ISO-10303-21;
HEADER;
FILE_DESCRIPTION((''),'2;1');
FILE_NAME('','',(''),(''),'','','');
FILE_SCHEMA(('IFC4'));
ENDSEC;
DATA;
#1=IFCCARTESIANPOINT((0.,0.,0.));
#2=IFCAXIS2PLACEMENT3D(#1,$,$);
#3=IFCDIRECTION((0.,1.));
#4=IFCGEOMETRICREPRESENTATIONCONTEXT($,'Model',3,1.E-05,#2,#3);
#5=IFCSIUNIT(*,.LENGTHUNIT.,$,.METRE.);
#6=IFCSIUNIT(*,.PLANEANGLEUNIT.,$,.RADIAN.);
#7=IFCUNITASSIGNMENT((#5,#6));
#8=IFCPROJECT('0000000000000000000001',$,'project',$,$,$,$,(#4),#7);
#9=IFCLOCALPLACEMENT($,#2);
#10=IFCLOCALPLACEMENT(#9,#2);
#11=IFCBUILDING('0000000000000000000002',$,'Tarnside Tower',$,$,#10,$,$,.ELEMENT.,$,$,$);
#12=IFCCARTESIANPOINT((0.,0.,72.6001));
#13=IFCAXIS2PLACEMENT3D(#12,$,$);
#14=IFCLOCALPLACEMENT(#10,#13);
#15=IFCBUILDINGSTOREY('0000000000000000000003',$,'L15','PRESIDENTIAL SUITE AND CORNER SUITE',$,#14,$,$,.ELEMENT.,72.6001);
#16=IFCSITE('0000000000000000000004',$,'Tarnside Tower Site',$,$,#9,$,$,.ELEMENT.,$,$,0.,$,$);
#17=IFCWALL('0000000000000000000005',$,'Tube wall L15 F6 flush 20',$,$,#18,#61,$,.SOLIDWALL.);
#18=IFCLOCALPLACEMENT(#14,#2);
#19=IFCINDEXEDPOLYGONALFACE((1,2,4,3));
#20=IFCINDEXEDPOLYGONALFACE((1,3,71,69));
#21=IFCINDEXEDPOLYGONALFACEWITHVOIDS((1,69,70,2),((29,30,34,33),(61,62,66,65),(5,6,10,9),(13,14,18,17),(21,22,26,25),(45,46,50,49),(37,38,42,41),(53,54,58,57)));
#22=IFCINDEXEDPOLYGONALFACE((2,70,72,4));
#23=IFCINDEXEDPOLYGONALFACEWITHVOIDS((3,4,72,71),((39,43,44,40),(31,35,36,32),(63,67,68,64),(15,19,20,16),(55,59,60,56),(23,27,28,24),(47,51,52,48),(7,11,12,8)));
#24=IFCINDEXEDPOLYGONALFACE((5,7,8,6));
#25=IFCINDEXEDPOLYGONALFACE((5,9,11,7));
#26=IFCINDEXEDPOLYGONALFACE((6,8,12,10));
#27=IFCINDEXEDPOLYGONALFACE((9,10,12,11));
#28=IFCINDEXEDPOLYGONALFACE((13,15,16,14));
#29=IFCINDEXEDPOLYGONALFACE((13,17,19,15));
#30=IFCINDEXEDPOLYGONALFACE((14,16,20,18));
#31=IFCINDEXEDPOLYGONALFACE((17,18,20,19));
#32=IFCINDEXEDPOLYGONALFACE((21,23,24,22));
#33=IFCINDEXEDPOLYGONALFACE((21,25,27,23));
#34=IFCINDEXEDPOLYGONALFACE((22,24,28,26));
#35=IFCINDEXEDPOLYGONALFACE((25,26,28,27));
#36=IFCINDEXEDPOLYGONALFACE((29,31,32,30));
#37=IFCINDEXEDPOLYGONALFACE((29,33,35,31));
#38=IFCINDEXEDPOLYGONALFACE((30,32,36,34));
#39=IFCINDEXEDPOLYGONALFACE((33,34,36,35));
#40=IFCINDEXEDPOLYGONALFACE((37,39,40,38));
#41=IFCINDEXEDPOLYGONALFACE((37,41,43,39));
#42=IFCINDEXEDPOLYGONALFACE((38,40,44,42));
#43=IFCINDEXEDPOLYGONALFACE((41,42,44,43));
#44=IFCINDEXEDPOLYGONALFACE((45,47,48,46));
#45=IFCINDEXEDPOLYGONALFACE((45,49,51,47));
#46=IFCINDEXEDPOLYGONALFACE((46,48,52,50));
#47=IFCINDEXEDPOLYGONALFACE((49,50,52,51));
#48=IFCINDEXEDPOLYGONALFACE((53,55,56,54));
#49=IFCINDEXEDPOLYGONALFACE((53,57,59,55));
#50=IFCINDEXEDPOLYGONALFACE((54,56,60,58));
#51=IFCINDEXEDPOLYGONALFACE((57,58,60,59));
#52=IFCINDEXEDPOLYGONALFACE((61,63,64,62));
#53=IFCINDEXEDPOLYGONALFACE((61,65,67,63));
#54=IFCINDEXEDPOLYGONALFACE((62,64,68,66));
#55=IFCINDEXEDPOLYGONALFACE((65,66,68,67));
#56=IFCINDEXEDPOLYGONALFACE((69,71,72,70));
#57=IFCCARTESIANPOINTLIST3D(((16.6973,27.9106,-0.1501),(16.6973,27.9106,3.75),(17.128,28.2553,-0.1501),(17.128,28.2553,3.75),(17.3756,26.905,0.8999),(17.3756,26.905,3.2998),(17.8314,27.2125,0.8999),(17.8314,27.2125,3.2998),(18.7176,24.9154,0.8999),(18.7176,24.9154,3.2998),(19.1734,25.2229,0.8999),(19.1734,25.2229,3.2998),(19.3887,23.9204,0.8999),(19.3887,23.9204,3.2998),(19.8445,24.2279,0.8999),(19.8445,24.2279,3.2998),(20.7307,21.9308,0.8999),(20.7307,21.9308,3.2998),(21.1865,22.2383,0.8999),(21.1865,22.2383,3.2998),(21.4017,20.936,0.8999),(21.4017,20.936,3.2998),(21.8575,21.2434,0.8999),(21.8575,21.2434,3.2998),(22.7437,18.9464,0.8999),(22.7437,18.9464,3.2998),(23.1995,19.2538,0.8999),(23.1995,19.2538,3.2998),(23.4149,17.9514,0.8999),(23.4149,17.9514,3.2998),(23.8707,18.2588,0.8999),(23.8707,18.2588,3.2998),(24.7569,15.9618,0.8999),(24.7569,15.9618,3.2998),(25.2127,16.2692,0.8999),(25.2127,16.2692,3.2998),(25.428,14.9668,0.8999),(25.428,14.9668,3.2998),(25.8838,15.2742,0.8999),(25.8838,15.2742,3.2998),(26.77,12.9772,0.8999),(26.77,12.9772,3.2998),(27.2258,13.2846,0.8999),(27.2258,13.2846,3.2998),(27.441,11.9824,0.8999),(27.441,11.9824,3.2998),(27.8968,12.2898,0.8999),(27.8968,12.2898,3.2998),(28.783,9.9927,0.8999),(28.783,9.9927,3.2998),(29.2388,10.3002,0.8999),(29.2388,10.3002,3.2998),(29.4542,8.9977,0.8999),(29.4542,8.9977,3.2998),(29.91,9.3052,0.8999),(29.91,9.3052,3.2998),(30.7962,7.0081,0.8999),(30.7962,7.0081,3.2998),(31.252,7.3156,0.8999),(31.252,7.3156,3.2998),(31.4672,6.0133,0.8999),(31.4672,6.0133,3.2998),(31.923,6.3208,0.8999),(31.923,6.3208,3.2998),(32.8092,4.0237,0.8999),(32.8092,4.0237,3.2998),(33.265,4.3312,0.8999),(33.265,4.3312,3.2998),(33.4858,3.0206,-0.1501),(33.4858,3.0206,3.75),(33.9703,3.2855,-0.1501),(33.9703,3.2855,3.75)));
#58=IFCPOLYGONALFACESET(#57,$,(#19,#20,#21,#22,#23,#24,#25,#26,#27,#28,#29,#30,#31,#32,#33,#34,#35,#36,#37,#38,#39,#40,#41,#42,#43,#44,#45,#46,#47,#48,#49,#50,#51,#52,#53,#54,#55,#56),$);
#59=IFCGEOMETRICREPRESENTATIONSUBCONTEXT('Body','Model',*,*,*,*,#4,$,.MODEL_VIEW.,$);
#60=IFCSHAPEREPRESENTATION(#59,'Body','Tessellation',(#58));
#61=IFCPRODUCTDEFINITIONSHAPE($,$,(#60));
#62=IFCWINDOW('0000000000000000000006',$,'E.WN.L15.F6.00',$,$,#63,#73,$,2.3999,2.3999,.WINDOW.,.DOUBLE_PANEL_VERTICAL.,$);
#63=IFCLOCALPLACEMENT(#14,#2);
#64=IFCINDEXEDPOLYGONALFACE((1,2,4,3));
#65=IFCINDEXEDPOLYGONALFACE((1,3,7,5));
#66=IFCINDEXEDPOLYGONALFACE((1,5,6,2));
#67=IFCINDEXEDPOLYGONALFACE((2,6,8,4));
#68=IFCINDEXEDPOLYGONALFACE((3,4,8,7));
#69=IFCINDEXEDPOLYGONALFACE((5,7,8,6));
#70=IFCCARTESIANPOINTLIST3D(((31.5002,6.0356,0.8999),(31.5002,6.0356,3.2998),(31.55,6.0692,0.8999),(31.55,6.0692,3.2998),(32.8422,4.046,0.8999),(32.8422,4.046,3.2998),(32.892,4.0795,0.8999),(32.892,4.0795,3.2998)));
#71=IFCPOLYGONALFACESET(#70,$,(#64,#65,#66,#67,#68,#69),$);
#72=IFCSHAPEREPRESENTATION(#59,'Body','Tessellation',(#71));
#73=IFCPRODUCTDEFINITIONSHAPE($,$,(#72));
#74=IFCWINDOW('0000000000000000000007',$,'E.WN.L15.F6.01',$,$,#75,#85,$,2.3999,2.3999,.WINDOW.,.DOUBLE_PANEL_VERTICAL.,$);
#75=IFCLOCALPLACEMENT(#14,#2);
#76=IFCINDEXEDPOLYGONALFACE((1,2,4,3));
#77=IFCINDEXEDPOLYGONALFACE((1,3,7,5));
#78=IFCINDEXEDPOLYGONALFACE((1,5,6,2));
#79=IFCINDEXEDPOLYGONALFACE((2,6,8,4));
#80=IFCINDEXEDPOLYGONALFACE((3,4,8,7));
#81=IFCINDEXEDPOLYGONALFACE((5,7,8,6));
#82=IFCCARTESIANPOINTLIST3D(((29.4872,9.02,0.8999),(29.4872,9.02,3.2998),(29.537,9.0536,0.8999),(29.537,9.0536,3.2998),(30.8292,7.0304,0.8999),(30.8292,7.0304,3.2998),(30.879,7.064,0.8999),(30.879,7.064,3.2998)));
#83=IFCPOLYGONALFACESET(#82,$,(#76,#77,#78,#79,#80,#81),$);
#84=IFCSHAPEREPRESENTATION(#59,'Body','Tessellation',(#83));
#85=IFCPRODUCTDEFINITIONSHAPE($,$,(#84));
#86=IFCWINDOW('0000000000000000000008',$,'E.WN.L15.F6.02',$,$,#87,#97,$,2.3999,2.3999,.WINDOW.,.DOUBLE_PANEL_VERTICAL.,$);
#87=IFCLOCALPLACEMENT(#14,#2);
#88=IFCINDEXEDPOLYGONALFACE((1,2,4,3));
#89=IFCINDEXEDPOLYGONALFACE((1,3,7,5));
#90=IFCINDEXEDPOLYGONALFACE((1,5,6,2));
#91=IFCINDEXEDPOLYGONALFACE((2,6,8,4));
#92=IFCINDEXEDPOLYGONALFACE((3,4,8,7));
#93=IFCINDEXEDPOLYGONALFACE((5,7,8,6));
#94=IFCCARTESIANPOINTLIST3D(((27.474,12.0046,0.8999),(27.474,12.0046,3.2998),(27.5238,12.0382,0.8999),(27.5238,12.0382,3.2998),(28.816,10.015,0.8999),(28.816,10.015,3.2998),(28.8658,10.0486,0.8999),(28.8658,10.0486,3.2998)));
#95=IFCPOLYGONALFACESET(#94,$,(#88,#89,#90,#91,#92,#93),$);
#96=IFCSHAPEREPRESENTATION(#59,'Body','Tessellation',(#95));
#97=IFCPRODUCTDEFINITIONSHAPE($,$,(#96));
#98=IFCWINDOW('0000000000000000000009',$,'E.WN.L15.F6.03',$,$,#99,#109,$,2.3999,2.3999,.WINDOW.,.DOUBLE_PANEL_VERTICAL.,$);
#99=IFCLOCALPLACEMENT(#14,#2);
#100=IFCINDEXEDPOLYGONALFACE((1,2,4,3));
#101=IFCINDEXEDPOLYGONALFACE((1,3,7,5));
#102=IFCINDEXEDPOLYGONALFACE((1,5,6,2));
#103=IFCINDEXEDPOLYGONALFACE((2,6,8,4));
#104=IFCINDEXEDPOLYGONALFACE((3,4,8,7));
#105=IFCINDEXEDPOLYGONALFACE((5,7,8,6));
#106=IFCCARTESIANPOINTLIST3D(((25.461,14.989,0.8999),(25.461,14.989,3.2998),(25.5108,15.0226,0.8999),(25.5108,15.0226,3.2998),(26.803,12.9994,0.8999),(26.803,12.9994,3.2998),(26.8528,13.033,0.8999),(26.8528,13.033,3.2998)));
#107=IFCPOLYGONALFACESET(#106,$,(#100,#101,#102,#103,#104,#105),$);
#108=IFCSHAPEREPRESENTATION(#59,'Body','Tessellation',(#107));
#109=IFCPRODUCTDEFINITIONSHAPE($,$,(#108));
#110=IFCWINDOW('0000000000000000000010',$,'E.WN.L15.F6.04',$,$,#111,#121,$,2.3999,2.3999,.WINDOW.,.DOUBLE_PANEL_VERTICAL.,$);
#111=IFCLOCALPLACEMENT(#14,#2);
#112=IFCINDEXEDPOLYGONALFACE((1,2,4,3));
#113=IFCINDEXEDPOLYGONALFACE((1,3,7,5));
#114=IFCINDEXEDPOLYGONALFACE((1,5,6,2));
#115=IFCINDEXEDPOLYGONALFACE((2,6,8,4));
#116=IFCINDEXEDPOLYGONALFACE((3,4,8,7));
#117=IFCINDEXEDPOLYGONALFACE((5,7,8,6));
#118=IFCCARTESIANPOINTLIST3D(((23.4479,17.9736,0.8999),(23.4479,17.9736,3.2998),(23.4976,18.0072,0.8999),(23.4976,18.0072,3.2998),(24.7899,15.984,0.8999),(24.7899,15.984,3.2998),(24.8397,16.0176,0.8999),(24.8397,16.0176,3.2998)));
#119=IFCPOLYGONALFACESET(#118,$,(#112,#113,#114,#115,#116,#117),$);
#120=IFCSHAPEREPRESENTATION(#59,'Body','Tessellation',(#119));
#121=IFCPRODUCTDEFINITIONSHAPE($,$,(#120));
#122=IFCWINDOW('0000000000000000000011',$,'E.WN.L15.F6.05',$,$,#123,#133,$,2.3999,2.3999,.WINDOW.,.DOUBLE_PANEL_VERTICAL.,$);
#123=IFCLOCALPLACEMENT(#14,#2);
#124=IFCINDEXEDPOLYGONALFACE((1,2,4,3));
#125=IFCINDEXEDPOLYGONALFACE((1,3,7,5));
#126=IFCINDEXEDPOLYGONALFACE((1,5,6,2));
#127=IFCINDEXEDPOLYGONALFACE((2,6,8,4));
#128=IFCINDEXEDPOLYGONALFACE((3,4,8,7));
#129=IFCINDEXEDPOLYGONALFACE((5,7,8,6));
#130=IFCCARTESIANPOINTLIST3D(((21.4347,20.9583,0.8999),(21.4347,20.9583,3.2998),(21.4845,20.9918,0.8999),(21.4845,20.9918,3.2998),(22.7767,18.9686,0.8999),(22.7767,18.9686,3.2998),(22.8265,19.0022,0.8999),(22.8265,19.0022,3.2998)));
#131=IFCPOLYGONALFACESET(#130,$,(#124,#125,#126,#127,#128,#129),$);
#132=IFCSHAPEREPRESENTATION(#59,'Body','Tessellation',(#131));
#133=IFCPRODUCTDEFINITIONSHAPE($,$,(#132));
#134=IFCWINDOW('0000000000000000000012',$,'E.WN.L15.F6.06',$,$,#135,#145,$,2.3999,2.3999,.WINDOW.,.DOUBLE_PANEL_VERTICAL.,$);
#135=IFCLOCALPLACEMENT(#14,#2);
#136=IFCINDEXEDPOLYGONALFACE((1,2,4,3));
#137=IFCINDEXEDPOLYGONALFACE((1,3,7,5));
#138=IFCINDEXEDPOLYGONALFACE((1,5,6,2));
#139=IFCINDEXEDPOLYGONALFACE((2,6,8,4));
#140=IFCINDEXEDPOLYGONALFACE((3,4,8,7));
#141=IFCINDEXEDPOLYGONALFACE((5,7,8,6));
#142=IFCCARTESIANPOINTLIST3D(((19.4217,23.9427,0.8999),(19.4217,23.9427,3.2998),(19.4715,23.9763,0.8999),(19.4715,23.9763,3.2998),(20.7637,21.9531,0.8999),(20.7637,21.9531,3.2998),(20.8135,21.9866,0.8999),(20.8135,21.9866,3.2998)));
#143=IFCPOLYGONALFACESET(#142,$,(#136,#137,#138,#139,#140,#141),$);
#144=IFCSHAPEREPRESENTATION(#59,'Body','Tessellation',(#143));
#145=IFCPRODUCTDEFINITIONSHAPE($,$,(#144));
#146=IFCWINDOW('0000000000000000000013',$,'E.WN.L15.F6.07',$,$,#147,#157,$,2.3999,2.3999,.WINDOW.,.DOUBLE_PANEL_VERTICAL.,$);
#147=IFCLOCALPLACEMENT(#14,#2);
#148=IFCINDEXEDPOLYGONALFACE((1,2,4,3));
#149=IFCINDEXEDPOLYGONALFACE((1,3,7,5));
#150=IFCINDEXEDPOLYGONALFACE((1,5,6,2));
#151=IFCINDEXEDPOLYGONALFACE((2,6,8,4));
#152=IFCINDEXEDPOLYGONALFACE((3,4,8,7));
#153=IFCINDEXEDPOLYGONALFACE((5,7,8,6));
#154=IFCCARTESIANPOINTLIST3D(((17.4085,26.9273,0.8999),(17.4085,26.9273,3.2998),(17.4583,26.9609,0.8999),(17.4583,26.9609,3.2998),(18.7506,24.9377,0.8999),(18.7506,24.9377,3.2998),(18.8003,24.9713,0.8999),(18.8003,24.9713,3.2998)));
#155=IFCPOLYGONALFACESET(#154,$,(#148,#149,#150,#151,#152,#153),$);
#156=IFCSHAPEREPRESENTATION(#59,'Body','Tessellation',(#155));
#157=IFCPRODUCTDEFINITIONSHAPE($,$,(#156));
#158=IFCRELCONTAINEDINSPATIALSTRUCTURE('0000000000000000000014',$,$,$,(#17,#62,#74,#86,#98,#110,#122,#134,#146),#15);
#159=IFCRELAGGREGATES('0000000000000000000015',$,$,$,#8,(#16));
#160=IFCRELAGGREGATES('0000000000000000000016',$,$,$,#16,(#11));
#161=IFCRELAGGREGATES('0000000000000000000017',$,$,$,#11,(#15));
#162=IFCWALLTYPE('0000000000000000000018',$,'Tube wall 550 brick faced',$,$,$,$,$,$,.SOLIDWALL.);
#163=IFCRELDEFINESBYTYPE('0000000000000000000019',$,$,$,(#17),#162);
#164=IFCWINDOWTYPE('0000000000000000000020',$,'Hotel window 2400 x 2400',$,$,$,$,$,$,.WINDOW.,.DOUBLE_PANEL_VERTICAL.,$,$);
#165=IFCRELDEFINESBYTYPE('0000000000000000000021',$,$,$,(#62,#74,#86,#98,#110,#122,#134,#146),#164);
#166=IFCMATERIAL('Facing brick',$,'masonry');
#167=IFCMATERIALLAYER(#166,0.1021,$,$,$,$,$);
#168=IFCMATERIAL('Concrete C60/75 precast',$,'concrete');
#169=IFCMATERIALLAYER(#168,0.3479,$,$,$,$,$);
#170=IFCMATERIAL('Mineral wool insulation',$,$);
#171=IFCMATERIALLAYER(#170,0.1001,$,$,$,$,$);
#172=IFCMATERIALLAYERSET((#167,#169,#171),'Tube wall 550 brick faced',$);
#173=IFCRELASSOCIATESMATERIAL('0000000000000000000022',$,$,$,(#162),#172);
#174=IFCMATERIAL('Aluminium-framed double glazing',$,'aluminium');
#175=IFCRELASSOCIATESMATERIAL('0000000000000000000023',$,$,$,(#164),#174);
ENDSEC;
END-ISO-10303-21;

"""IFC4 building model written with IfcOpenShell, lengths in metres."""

from ifc_helpers import new_model, si_unit, direction, frame, frame_2d, origin, place, context, subcontext, project, spatial, polyline, rectangle, outline, extrude, material, layer, layer_set, type_object, element, fill, save


model = new_model("IFC4")

# Units and contexts
model_context = context("Model", 3, precision=1e-05, world=origin(), true_north=direction((0.0, 1.0)))
body_context = subcontext(model_context, "Body", "Model", "MODEL_VIEW")
ifc_project = project(units=[si_unit("LENGTHUNIT", "METRE"), si_unit("PLANEANGLEUNIT", "RADIAN")], contexts=[model_context])

# Site, building, storey
site_placement = place(None, origin())
site = spatial("IfcSite", under=ifc_project, at=site_placement, Name="Tarnside Tower Site", CompositionType="ELEMENT", RefElevation=0.0)
building_placement = place(site_placement, origin())
building = spatial("IfcBuilding", under=site, at=building_placement, Name="Tarnside Tower", CompositionType="ELEMENT")
storey_placement = place(building_placement, frame((0.0, 0.0, 72.6001)))
storey = spatial("IfcBuildingStorey", under=building, at=storey_placement, Name="L15", Description="PRESIDENTIAL SUITE AND CORNER SUITE", CompositionType="ELEMENT", Elevation=72.6001)

# Shared definitions
ifc_material_1 = material(Name="Facing brick", Category="masonry")
ifc_layer_1 = layer(ifc_material_1, 0.1021)
ifc_material_2 = material(Name="Concrete C60/75 precast", Category="concrete")
ifc_layer_2 = layer(ifc_material_2, 0.3479)
ifc_material_3 = material(Name="Mineral wool insulation")
ifc_layer_3 = layer(ifc_material_3, 0.1001)
ifc_layer_set_1 = layer_set([ifc_layer_1, ifc_layer_2, ifc_layer_3], Name="Tube wall 550 brick faced")
wall_type_1 = type_object("IfcWallType", Name="Tube wall 550 brick faced", PredefinedType="SOLIDWALL", material=ifc_layer_set_1)

# Wall, openings, windows
wall_1_placement = place(storey_placement, frame((33.728, 3.1531, -0.1501), z_axis=(0.0, 0.0, 1.0), x_axis=(-0.559192, 0.829038, 0.0)))
wall_1 = element("IfcWall", 1, at=wall_1_placement, inside=storey, type_object=wall_type_1, Name="Tube wall L15 F6 flush 20", PredefinedType="SOLIDWALL", context=body_context, shape_type="SweptSolid", body=[
    extrude(outline(polyline([(-0.0256, -0.2749), (30.0933, -0.2749), (30.0483, 0.2749), (0.0256, 0.2749), (-0.0256, -0.2749)])), origin(), (0.0, 0.0, 1.0), 3.9001),
])
opening_1_placement = place(wall_1_placement, frame((1.2356, 0.0, 1.05)))
opening_1 = element("IfcOpeningElement", 2, at=opening_1_placement, cuts=wall_1, PredefinedType="OPENING", context=body_context, shape_type="SweptSolid", body=[
    extrude(rectangle(XDim=2.3999, YDim=2.3999, at=frame_2d((1.2, 1.2))), frame((0.0, 0.2852, 0.0), z_axis=(0.0, -1.0, 0.0), x_axis=(1.0, 0.0, 0.0)), (0.0, 0.0, 1.0), 0.5701),
])
opening_2_placement = place(wall_1_placement, frame((4.8354, 0.0, 1.05)))
opening_2 = element("IfcOpeningElement", 3, at=opening_2_placement, cuts=wall_1, PredefinedType="OPENING", context=body_context, shape_type="SweptSolid", body=[
    extrude(rectangle(XDim=2.3999, YDim=2.3999, at=frame_2d((1.2, 1.2))), frame((0.0, 0.2852, 0.0), z_axis=(0.0, -1.0, 0.0), x_axis=(1.0, 0.0, 0.0)), (0.0, 0.0, 1.0), 0.5701),
])
opening_3_placement = place(wall_1_placement, frame((8.4355, 0.0, 1.05)))
opening_3 = element("IfcOpeningElement", 4, at=opening_3_placement, cuts=wall_1, PredefinedType="OPENING", context=body_context, shape_type="SweptSolid", body=[
    extrude(rectangle(XDim=2.3999, YDim=2.3999, at=frame_2d((1.2, 1.2))), frame((0.0, 0.2852, 0.0), z_axis=(0.0, -1.0, 0.0), x_axis=(1.0, 0.0, 0.0)), (0.0, 0.0, 1.0), 0.5701),
])
opening_4_placement = place(wall_1_placement, frame((12.0354, 0.0, 1.05)))
opening_4 = element("IfcOpeningElement", 5, at=opening_4_placement, cuts=wall_1, PredefinedType="OPENING", context=body_context, shape_type="SweptSolid", body=[
    extrude(rectangle(XDim=2.3999, YDim=2.3999, at=frame_2d((1.2, 1.2))), frame((0.0, 0.2852, 0.0), z_axis=(0.0, -1.0, 0.0), x_axis=(1.0, 0.0, 0.0)), (0.0, 0.0, 1.0), 0.5701),
])
opening_5_placement = place(wall_1_placement, frame((15.6355, 0.0, 1.05)))
opening_5 = element("IfcOpeningElement", 6, at=opening_5_placement, cuts=wall_1, PredefinedType="OPENING", context=body_context, shape_type="SweptSolid", body=[
    extrude(rectangle(XDim=2.3999, YDim=2.3999, at=frame_2d((1.2, 1.2))), frame((0.0, 0.2852, 0.0), z_axis=(0.0, -1.0, 0.0), x_axis=(1.0, 0.0, 0.0)), (0.0, 0.0, 1.0), 0.5701),
])
opening_6_placement = place(wall_1_placement, frame((19.2356, 0.0, 1.05)))
opening_6 = element("IfcOpeningElement", 7, at=opening_6_placement, cuts=wall_1, PredefinedType="OPENING", context=body_context, shape_type="SweptSolid", body=[
    extrude(rectangle(XDim=2.3999, YDim=2.3999, at=frame_2d((1.2, 1.2))), frame((0.0, 0.2852, 0.0), z_axis=(0.0, -1.0, 0.0), x_axis=(1.0, 0.0, 0.0)), (0.0, 0.0, 1.0), 0.5701),
])
opening_7_placement = place(wall_1_placement, frame((22.8354, 0.0, 1.05)))
opening_7 = element("IfcOpeningElement", 8, at=opening_7_placement, cuts=wall_1, PredefinedType="OPENING", context=body_context, shape_type="SweptSolid", body=[
    extrude(rectangle(XDim=2.3999, YDim=2.3999, at=frame_2d((1.2, 1.2))), frame((0.0, 0.2852, 0.0), z_axis=(0.0, -1.0, 0.0), x_axis=(1.0, 0.0, 0.0)), (0.0, 0.0, 1.0), 0.5701),
])
opening_8_placement = place(wall_1_placement, frame((26.4355, 0.0, 1.05)))
opening_8 = element("IfcOpeningElement", 9, at=opening_8_placement, cuts=wall_1, PredefinedType="OPENING", context=body_context, shape_type="SweptSolid", body=[
    extrude(rectangle(XDim=2.3999, YDim=2.3999, at=frame_2d((1.2, 1.2))), frame((0.0, 0.2852, 0.0), z_axis=(0.0, -1.0, 0.0), x_axis=(1.0, 0.0, 0.0)), (0.0, 0.0, 1.0), 0.5701),
])
ifc_material_4 = material(Name="Aluminium-framed double glazing", Category="aluminium")
window_type = type_object("IfcWindowType", Name="Hotel window 2400 x 2400", PartitioningType="DOUBLE_PANEL_VERTICAL", PredefinedType="WINDOW", material=ifc_material_4)
window_1_placement = place(opening_1_placement, frame((0.0, 0.2051, 0.0)))
window_1 = element("IfcWindow", 10, at=window_1_placement, inside=storey, type_object=window_type, Name="E.WN.L15.F6.00", OverallHeight=2.3999, OverallWidth=2.3999, PartitioningType="DOUBLE_PANEL_VERTICAL", PredefinedType="WINDOW", context=body_context, shape_type="SweptSolid", body=[
    extrude(rectangle(XDim=2.3999, YDim=2.3999, at=frame_2d((1.2, 1.2))), frame((0.0, 0.03, 0.0), z_axis=(0.0, -1.0, 0.0), x_axis=(1.0, 0.0, 0.0)), (0.0, 0.0, 1.0), 0.0601),
])
fill(opening_1, window_1)
window_2_placement = place(opening_2_placement, frame((0.0, 0.2051, 0.0)))
window_2 = element("IfcWindow", 11, at=window_2_placement, inside=storey, type_object=window_type, Name="E.WN.L15.F6.01", OverallHeight=2.3999, OverallWidth=2.3999, PartitioningType="DOUBLE_PANEL_VERTICAL", PredefinedType="WINDOW", context=body_context, shape_type="SweptSolid", body=[
    extrude(rectangle(XDim=2.3999, YDim=2.3999, at=frame_2d((1.2, 1.2))), frame((0.0, 0.03, 0.0), z_axis=(0.0, -1.0, 0.0), x_axis=(1.0, 0.0, 0.0)), (0.0, 0.0, 1.0), 0.0601),
])
fill(opening_2, window_2)
window_3_placement = place(opening_3_placement, frame((0.0, 0.2051, 0.0)))
window_3 = element("IfcWindow", 12, at=window_3_placement, inside=storey, type_object=window_type, Name="E.WN.L15.F6.02", OverallHeight=2.3999, OverallWidth=2.3999, PartitioningType="DOUBLE_PANEL_VERTICAL", PredefinedType="WINDOW", context=body_context, shape_type="SweptSolid", body=[
    extrude(rectangle(XDim=2.3999, YDim=2.3999, at=frame_2d((1.2, 1.2))), frame((0.0, 0.03, 0.0), z_axis=(0.0, -1.0, 0.0), x_axis=(1.0, 0.0, 0.0)), (0.0, 0.0, 1.0), 0.0601),
])
fill(opening_3, window_3)
window_4_placement = place(opening_4_placement, frame((0.0, 0.2051, 0.0)))
window_4 = element("IfcWindow", 13, at=window_4_placement, inside=storey, type_object=window_type, Name="E.WN.L15.F6.03", OverallHeight=2.3999, OverallWidth=2.3999, PartitioningType="DOUBLE_PANEL_VERTICAL", PredefinedType="WINDOW", context=body_context, shape_type="SweptSolid", body=[
    extrude(rectangle(XDim=2.3999, YDim=2.3999, at=frame_2d((1.2, 1.2))), frame((0.0, 0.03, 0.0), z_axis=(0.0, -1.0, 0.0), x_axis=(1.0, 0.0, 0.0)), (0.0, 0.0, 1.0), 0.0601),
])
fill(opening_4, window_4)
window_5_placement = place(opening_5_placement, frame((0.0, 0.2051, 0.0)))
window_5 = element("IfcWindow", 14, at=window_5_placement, inside=storey, type_object=window_type, Name="E.WN.L15.F6.04", OverallHeight=2.3999, OverallWidth=2.3999, PartitioningType="DOUBLE_PANEL_VERTICAL", PredefinedType="WINDOW", context=body_context, shape_type="SweptSolid", body=[
    extrude(rectangle(XDim=2.3999, YDim=2.3999, at=frame_2d((1.2, 1.2))), frame((0.0, 0.03, 0.0), z_axis=(0.0, -1.0, 0.0), x_axis=(1.0, 0.0, 0.0)), (0.0, 0.0, 1.0), 0.0601),
])
fill(opening_5, window_5)
window_6_placement = place(opening_6_placement, frame((0.0, 0.2051, 0.0)))
window_6 = element("IfcWindow", 15, at=window_6_placement, inside=storey, type_object=window_type, Name="E.WN.L15.F6.05", OverallHeight=2.3999, OverallWidth=2.3999, PartitioningType="DOUBLE_PANEL_VERTICAL", PredefinedType="WINDOW", context=body_context, shape_type="SweptSolid", body=[
    extrude(rectangle(XDim=2.3999, YDim=2.3999, at=frame_2d((1.2, 1.2))), frame((0.0, 0.03, 0.0), z_axis=(0.0, -1.0, 0.0), x_axis=(1.0, 0.0, 0.0)), (0.0, 0.0, 1.0), 0.0601),
])
fill(opening_6, window_6)
window_7_placement = place(opening_7_placement, frame((0.0, 0.2051, 0.0)))
window_7 = element("IfcWindow", 16, at=window_7_placement, inside=storey, type_object=window_type, Name="E.WN.L15.F6.06", OverallHeight=2.3999, OverallWidth=2.3999, PartitioningType="DOUBLE_PANEL_VERTICAL", PredefinedType="WINDOW", context=body_context, shape_type="SweptSolid", body=[
    extrude(rectangle(XDim=2.3999, YDim=2.3999, at=frame_2d((1.2, 1.2))), frame((0.0, 0.03, 0.0), z_axis=(0.0, -1.0, 0.0), x_axis=(1.0, 0.0, 0.0)), (0.0, 0.0, 1.0), 0.0601),
])
fill(opening_7, window_7)
window_8_placement = place(opening_8_placement, frame((0.0, 0.2051, 0.0)))
window_8 = element("IfcWindow", 17, at=window_8_placement, inside=storey, type_object=window_type, Name="E.WN.L15.F6.07", OverallHeight=2.3999, OverallWidth=2.3999, PartitioningType="DOUBLE_PANEL_VERTICAL", PredefinedType="WINDOW", context=body_context, shape_type="SweptSolid", body=[
    extrude(rectangle(XDim=2.3999, YDim=2.3999, at=frame_2d((1.2, 1.2))), frame((0.0, 0.03, 0.0), z_axis=(0.0, -1.0, 0.0), x_axis=(1.0, 0.0, 0.0)), (0.0, 0.0, 1.0), 0.0601),
])
fill(opening_8, window_8)

save(model, "model.ifc")
